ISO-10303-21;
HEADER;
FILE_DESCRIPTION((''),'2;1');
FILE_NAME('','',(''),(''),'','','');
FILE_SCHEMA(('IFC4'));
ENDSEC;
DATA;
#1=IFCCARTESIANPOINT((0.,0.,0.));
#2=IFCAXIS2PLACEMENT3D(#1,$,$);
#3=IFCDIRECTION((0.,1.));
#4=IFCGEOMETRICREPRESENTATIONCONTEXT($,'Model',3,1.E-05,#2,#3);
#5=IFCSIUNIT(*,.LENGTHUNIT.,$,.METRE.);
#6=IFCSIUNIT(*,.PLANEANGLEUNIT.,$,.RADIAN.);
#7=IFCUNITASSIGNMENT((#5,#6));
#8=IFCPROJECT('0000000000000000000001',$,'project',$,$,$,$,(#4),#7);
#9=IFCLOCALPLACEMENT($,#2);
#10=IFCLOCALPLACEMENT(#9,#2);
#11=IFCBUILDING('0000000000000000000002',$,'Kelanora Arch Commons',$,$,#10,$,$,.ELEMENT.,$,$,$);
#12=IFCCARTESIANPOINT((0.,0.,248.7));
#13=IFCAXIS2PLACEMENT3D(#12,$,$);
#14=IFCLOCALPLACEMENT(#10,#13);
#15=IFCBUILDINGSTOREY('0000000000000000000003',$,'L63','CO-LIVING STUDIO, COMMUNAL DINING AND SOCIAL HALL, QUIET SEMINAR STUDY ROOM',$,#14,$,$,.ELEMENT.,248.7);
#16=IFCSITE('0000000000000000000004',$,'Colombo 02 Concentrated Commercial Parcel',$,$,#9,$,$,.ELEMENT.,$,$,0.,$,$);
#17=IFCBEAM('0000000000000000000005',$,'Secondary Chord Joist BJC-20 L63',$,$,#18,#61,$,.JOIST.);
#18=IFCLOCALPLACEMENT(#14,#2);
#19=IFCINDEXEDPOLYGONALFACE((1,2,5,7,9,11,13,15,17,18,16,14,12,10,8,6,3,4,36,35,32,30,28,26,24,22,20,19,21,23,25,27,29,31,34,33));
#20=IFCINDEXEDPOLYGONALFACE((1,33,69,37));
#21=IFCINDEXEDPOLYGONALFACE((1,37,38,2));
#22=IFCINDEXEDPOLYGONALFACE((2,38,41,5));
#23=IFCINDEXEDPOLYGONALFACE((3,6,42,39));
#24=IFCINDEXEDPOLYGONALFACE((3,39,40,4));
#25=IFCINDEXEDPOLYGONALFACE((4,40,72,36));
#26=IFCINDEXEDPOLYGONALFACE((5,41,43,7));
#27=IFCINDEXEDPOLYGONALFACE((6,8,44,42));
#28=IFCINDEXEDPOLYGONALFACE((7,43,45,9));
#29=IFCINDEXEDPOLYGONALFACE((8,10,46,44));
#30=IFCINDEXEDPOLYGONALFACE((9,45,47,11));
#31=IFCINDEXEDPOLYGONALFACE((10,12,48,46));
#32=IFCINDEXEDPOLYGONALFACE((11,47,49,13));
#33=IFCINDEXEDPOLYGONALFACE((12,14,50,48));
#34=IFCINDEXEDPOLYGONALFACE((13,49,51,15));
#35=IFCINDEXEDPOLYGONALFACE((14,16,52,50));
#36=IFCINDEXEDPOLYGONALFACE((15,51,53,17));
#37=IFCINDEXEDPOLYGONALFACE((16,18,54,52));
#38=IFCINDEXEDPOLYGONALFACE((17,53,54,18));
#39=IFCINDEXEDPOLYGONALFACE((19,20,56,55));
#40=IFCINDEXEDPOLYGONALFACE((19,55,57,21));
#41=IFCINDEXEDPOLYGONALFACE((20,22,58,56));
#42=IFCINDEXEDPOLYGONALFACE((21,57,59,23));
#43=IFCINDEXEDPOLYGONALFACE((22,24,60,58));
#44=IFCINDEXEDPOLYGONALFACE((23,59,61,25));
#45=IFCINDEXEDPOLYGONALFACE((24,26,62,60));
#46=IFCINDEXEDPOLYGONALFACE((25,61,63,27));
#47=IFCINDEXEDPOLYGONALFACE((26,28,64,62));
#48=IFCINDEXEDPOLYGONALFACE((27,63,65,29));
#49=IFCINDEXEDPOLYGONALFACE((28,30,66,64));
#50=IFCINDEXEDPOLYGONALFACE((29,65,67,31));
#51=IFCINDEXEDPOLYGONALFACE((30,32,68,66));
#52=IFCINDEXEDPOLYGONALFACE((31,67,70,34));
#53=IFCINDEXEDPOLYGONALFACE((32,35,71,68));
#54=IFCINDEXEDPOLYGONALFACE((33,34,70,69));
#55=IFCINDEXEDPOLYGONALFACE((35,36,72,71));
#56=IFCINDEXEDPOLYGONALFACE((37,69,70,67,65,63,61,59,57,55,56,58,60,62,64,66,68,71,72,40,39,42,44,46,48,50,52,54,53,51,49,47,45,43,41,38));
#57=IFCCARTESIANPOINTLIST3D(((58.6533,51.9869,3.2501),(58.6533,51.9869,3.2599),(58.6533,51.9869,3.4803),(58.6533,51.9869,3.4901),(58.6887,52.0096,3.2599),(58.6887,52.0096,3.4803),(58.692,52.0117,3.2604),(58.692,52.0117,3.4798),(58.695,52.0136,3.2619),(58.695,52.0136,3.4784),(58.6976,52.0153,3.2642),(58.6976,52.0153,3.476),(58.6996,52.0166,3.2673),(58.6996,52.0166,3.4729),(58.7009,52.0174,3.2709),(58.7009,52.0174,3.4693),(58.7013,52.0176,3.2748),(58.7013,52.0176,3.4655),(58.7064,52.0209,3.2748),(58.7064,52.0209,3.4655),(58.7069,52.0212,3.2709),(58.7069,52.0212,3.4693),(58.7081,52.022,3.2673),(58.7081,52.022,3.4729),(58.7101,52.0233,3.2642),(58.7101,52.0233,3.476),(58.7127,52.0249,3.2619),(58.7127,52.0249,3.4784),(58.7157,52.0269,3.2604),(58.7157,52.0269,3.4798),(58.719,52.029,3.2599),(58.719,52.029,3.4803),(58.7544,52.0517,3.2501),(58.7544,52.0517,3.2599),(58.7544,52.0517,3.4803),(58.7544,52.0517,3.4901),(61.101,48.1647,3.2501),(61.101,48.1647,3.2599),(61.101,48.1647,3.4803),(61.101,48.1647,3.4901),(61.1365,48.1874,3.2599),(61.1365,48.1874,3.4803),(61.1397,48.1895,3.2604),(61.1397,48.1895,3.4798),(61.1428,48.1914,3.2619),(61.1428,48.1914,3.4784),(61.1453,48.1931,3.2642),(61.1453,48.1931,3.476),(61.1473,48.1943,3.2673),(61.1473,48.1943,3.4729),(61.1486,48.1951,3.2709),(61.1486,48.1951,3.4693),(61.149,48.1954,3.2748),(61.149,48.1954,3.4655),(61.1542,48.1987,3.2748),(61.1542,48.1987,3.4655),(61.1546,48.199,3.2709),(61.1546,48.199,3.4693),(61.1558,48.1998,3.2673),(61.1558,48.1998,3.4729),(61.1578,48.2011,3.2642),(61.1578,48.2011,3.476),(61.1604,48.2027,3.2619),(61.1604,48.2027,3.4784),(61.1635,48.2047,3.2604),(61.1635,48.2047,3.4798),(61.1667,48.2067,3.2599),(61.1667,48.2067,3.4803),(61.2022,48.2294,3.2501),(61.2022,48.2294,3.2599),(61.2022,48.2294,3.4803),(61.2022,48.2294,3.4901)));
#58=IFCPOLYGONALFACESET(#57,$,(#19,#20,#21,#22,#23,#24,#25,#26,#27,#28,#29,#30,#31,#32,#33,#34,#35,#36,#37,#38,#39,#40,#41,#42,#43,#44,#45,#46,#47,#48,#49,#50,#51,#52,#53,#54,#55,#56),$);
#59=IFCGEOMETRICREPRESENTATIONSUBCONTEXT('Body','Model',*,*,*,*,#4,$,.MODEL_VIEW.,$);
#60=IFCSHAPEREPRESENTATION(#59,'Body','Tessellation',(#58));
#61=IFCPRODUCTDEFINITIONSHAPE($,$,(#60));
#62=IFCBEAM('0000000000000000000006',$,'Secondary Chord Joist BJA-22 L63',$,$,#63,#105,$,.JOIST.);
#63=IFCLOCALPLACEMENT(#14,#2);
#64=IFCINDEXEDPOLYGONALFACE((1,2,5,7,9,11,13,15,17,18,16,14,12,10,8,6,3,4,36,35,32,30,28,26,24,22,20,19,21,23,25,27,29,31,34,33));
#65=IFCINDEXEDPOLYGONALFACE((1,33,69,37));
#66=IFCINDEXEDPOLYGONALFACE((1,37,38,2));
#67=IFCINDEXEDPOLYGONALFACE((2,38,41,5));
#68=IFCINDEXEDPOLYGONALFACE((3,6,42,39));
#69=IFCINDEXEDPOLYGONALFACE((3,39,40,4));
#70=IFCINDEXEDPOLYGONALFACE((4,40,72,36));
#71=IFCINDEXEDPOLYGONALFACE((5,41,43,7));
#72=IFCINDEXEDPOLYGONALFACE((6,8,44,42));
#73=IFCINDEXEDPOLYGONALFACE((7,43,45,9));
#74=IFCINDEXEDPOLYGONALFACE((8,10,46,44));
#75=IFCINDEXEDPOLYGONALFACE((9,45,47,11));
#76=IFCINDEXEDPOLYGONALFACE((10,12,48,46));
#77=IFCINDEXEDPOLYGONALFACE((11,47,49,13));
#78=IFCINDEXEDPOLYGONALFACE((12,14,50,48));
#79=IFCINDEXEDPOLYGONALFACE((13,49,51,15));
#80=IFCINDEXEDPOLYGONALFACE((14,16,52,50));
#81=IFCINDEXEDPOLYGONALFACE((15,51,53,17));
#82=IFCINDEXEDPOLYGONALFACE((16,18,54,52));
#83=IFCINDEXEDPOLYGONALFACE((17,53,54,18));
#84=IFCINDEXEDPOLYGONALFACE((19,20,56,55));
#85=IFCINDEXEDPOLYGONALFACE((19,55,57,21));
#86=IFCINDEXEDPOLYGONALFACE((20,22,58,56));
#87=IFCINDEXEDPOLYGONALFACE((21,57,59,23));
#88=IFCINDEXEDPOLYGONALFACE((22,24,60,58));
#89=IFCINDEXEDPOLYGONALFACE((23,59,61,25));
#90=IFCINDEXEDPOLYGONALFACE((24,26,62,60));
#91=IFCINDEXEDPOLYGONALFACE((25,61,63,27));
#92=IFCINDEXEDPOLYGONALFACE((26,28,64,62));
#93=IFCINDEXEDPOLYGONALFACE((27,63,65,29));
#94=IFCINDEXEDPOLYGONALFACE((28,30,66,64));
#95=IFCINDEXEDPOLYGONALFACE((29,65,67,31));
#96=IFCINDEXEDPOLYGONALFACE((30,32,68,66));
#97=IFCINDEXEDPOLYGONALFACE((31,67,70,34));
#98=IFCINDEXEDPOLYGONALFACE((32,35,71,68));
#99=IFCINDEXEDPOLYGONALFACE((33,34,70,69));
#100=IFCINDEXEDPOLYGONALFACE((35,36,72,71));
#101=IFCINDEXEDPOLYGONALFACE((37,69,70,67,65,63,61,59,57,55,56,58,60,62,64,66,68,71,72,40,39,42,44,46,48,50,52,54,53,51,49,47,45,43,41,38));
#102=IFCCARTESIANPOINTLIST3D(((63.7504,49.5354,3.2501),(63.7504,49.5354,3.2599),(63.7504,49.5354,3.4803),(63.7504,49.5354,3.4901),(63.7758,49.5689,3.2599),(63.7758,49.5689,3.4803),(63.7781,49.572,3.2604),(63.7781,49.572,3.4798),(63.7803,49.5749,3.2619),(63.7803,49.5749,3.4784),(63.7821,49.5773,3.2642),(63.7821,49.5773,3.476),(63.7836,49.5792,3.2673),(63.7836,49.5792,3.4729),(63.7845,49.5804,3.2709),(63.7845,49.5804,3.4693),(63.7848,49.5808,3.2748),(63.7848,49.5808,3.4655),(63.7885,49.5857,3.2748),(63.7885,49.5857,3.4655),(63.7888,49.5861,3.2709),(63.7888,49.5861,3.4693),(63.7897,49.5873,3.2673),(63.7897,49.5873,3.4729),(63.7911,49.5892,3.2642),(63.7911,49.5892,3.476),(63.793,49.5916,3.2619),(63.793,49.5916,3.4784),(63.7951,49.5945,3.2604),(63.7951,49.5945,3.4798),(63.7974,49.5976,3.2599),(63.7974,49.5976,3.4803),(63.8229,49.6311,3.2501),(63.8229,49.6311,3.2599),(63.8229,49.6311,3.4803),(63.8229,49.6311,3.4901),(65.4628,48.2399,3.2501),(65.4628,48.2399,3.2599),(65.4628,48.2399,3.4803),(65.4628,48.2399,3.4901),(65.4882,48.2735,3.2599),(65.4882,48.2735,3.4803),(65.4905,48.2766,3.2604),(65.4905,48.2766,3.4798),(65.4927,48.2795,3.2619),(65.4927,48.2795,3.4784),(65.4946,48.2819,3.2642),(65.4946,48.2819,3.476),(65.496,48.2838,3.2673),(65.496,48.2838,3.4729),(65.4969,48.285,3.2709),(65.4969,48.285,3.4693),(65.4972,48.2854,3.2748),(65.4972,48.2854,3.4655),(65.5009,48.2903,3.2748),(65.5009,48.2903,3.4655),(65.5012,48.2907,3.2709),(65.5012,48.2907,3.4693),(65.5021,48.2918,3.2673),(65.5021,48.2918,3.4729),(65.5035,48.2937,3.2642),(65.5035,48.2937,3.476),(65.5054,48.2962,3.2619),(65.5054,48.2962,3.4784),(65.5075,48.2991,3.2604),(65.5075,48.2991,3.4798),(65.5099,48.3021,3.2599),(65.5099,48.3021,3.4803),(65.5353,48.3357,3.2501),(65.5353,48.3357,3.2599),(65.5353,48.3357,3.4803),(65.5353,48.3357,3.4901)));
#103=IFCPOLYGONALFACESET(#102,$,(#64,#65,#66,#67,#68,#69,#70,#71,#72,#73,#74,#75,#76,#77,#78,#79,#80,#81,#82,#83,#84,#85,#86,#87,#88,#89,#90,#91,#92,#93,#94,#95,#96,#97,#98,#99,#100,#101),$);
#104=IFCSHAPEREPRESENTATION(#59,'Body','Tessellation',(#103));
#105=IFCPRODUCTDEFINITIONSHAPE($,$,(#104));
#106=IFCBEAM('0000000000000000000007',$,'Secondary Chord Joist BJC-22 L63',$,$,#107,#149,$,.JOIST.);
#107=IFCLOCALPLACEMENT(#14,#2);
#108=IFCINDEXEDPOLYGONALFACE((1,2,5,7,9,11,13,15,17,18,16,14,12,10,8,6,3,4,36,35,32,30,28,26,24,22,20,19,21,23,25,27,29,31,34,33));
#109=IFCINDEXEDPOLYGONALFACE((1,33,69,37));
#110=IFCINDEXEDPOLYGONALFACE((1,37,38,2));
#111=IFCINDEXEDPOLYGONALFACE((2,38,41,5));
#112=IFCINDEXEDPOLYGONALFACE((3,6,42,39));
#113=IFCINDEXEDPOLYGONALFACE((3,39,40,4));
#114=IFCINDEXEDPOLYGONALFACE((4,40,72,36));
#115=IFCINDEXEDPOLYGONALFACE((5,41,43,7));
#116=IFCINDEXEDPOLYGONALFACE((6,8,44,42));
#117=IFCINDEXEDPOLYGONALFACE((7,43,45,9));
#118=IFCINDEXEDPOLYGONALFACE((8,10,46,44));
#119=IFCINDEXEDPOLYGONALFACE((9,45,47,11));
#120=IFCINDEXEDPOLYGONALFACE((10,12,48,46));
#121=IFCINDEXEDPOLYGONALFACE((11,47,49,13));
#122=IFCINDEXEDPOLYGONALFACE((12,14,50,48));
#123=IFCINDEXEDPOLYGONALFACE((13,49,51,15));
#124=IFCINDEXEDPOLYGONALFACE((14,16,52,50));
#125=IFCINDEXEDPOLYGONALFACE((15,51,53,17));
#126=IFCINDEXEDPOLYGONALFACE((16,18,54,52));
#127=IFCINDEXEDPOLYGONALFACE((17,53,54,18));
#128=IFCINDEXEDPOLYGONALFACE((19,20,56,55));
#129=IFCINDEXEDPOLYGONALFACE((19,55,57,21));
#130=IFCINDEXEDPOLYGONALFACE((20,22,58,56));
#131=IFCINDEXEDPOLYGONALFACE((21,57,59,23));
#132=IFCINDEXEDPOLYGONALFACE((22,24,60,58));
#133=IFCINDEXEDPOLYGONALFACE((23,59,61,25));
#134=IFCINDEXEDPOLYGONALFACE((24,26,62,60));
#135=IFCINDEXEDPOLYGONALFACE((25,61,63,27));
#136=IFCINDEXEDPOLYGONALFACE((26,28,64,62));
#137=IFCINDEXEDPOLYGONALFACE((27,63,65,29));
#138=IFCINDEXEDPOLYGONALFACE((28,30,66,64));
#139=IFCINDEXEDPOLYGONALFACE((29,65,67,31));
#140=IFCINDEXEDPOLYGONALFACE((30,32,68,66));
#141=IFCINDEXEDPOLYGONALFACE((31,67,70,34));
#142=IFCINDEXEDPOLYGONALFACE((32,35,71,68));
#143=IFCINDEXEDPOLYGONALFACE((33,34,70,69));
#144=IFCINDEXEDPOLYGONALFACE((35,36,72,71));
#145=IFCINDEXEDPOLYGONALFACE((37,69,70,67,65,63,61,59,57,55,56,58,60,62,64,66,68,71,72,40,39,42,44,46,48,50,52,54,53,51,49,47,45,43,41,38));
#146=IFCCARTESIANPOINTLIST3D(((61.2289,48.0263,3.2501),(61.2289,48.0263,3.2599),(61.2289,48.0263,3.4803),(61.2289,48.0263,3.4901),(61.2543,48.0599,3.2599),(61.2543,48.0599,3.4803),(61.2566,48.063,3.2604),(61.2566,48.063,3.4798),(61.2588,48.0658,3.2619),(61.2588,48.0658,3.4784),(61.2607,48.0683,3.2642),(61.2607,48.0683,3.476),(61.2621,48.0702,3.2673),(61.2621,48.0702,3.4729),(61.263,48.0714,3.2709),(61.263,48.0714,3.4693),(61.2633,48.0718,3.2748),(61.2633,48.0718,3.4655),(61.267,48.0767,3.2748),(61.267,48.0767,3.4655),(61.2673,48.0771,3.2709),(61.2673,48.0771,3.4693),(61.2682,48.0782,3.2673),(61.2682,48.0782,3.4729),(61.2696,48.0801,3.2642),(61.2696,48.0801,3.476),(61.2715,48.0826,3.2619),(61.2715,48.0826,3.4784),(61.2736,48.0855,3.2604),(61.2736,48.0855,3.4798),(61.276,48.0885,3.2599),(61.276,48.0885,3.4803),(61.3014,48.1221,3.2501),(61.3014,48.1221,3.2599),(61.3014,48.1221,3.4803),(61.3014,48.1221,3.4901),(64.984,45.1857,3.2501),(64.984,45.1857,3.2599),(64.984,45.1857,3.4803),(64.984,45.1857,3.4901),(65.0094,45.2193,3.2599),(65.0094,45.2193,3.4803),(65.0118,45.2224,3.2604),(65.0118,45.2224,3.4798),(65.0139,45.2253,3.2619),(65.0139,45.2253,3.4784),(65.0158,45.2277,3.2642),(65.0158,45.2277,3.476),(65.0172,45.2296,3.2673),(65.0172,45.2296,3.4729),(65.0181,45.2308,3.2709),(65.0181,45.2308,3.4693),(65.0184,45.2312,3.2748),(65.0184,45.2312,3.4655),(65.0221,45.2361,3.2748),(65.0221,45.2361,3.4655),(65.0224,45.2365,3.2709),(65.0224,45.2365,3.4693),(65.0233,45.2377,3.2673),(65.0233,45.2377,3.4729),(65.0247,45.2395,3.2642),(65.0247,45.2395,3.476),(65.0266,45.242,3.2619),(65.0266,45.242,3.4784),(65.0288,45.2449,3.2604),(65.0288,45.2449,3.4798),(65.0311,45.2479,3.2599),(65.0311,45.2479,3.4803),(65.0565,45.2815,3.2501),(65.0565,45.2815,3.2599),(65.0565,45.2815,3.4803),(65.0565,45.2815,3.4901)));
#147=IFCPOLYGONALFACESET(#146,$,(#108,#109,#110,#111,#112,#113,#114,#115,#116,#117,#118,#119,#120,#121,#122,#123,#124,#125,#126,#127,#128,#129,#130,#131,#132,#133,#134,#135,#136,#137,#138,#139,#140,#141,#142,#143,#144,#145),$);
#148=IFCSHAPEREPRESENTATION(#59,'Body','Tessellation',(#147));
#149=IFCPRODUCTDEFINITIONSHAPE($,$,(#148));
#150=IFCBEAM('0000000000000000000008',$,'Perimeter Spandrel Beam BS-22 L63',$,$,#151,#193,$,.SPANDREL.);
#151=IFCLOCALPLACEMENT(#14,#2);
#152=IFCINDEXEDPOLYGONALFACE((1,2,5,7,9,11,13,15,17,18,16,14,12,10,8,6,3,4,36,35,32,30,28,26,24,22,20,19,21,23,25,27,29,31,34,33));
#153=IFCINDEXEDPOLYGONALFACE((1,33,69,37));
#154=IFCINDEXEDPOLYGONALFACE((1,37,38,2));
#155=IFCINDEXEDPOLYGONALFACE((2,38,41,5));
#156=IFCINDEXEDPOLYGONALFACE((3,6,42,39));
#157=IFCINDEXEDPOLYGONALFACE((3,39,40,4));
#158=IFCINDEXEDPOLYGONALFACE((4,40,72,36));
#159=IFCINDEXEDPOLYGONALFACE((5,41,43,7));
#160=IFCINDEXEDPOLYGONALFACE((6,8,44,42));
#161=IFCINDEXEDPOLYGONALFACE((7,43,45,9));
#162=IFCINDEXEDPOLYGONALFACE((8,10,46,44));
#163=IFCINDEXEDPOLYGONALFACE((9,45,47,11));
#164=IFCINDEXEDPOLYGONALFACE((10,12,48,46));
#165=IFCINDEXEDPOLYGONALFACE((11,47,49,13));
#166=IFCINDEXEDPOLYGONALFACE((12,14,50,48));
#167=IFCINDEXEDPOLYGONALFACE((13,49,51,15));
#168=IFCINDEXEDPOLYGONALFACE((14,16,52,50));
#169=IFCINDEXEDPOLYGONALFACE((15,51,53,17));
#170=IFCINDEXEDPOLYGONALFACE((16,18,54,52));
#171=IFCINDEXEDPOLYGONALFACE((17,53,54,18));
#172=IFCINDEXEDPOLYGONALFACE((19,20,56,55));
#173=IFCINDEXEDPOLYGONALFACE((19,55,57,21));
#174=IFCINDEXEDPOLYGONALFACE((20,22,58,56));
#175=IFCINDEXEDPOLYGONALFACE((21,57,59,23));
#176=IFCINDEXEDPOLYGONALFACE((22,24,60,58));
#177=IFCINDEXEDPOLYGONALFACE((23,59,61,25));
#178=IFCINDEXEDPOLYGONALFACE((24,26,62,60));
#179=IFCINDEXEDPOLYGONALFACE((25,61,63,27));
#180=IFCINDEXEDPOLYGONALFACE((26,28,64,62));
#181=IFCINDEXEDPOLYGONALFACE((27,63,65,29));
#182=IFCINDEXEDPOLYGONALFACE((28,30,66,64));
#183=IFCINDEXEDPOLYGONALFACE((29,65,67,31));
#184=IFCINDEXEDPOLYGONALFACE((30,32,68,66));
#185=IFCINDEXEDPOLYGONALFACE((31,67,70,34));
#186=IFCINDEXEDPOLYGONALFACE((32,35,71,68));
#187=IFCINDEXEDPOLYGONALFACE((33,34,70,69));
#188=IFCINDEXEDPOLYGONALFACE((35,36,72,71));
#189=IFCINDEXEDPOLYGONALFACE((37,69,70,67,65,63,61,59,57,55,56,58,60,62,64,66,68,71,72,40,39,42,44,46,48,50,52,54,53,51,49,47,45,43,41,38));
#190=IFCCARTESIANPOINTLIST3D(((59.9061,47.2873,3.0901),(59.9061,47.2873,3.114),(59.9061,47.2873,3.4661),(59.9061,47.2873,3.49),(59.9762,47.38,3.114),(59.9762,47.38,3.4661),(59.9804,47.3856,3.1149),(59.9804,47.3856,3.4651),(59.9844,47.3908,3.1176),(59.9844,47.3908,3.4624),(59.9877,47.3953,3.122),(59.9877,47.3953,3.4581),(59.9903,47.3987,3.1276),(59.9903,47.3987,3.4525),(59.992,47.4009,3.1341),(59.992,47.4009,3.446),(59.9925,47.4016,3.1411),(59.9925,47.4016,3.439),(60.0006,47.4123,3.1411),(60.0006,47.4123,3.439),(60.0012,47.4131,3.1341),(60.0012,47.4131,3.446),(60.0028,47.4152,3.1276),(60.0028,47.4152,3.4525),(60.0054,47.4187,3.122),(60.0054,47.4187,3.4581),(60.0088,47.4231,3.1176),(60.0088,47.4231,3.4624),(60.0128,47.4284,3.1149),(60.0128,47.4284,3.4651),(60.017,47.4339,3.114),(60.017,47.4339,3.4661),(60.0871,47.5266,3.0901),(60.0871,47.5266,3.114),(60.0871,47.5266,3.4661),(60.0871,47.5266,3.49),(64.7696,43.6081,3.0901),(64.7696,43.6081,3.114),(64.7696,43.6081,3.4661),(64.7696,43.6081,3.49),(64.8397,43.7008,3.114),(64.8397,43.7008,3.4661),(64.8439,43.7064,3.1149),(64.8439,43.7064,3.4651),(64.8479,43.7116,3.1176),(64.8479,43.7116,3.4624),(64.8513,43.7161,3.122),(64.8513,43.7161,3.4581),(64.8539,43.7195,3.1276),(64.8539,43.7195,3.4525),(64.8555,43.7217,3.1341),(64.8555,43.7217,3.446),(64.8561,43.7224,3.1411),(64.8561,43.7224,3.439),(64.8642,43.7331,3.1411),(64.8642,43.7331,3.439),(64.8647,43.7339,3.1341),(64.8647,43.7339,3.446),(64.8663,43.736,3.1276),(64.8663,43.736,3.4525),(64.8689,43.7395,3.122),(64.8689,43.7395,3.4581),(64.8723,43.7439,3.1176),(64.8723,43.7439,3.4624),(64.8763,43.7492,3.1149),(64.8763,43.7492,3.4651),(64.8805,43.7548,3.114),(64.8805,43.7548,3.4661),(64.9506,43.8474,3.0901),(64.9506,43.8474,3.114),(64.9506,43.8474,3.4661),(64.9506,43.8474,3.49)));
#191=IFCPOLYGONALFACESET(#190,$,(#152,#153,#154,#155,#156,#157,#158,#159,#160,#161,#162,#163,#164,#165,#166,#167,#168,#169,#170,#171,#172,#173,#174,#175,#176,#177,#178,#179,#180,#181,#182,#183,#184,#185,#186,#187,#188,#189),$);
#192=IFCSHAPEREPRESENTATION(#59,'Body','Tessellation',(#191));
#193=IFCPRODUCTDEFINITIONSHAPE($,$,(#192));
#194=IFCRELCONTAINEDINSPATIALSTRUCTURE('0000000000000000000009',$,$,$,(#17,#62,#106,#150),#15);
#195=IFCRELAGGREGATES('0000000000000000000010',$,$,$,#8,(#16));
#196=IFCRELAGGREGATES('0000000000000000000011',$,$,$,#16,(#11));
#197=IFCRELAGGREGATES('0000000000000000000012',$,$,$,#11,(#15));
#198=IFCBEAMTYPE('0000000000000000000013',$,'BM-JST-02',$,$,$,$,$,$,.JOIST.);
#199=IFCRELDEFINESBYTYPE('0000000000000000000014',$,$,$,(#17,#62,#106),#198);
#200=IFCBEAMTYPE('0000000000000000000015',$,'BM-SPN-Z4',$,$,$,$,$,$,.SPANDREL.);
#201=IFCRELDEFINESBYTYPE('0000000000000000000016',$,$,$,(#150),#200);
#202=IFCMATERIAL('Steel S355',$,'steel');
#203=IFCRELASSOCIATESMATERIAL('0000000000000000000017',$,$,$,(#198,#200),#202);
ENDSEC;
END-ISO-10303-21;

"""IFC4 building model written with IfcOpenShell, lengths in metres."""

from ifc_helpers import new_model, si_unit, direction, frame, origin, origin_2d, place, context, subcontext, project, spatial, i_section, extrude, material, material_profile, profile_set, type_object, element, save


model = new_model("IFC4")

# Units and contexts
model_context = context("Model", 3, precision=1e-05, world=origin(), true_north=direction((0.0, 1.0)))
body_context = subcontext(model_context, "Body", "Model", "MODEL_VIEW")
ifc_project = project(units=[si_unit("LENGTHUNIT", "METRE"), si_unit("PLANEANGLEUNIT", "RADIAN")], contexts=[model_context])

# Site, building, storey
site_placement = place(None, origin())
site = spatial("IfcSite", under=ifc_project, at=site_placement, Name="Colombo 02 Concentrated Commercial Parcel", CompositionType="ELEMENT", RefElevation=0.0)
building_placement = place(site_placement, origin())
building = spatial("IfcBuilding", under=site, at=building_placement, Name="Kelanora Arch Commons", CompositionType="ELEMENT")
storey_placement = place(building_placement, frame((0.0, 0.0, 248.7)))
storey = spatial("IfcBuildingStorey", under=building, at=storey_placement, Name="L63", Description="CO-LIVING STUDIO, COMMUNAL DINING AND SOCIAL HALL, QUIET SEMINAR STUDY ROOM", CompositionType="ELEMENT", Elevation=248.7)

# Beams
ifc_material_1 = material(Name="Steel S355", Category="steel")
ifc_material_profile_1 = material_profile(ifc_material_1, i_section(OverallWidth=0.1201, OverallDepth=0.24, WebThickness=0.0061, FlangeThickness=0.0098, FilletRadius=0.0149, at=origin_2d()), Name="IPE240")
ifc_profile_set_1 = profile_set([ifc_material_profile_1], Name="Steel S355")
beam_type_1 = type_object("IfcBeamType", Name="BM-JST-02", PredefinedType="JOIST", material=ifc_profile_set_1)
beam_1_placement = place(storey_placement, frame((58.7039, 52.0193, 3.3701), z_axis=(0.539289, -0.842121, 0.0), x_axis=(0.842121, 0.539289, 0.0)))
element("IfcBeam", 1, at=beam_1_placement, inside=storey, type_object=beam_type_1, Name="Secondary Chord Joist BJC-20 L63", PredefinedType="JOIST", context=body_context, shape_type="SweptSolid", body=[
    extrude(i_section(OverallWidth=0.1201, OverallDepth=0.24, WebThickness=0.0061, FlangeThickness=0.0098, FilletRadius=0.0149, at=origin_2d()), origin(), (0.0, 0.0, 1.0), 4.5388),
])
beam_2_placement = place(storey_placement, frame((63.7866, 49.5833, 3.3701), z_axis=(0.79751, -0.603306, 0.0), x_axis=(0.603306, 0.79751, 0.0)))
element("IfcBeam", 2, at=beam_2_placement, inside=storey, type_object=beam_type_1, Name="Secondary Chord Joist BJA-22 L63", PredefinedType="JOIST", context=body_context, shape_type="SweptSolid", body=[
    extrude(i_section(OverallWidth=0.1201, OverallDepth=0.24, WebThickness=0.0061, FlangeThickness=0.0098, FilletRadius=0.0149, at=origin_2d()), origin(), (0.0, 0.0, 1.0), 2.1472),
])
beam_3_placement = place(storey_placement, frame((61.2651, 48.0742, 3.3701), z_axis=(0.797523, -0.603289, 0.0), x_axis=(0.603289, 0.797523, 0.0)))
element("IfcBeam", 3, at=beam_3_placement, inside=storey, type_object=beam_type_1, Name="Secondary Chord Joist BJC-22 L63", PredefinedType="JOIST", context=body_context, shape_type="SweptSolid", body=[
    extrude(i_section(OverallWidth=0.1201, OverallDepth=0.24, WebThickness=0.0061, FlangeThickness=0.0098, FilletRadius=0.0149, at=origin_2d()), origin(), (0.0, 0.0, 1.0), 4.7085),
])
ifc_material_profile_2 = material_profile(ifc_material_1, i_section(OverallWidth=0.3, OverallDepth=0.3999, WebThickness=0.0134, FlangeThickness=0.0239, FilletRadius=0.0271, at=origin_2d()), Name="HEB400")
ifc_profile_set_2 = profile_set([ifc_material_profile_2], Name="Steel S355")
beam_type_2 = type_object("IfcBeamType", Name="BM-SPN-Z4", PredefinedType="SPANDREL", material=ifc_profile_set_2)
beam_4_placement = place(storey_placement, frame((59.9966, 47.407, 3.29), z_axis=(0.797509, -0.603306, 0.0), x_axis=(0.603306, 0.797509, 0.0)))
element("IfcBeam", 4, at=beam_4_placement, inside=storey, type_object=beam_type_2, Name="Perimeter Spandrel Beam BS-22 L63", PredefinedType="SPANDREL", context=body_context, shape_type="SweptSolid", body=[
    extrude(i_section(OverallWidth=0.3, OverallDepth=0.3999, WebThickness=0.0134, FlangeThickness=0.0239, FilletRadius=0.0271, at=origin_2d()), origin(), (0.0, 0.0, 1.0), 6.0984),
])

save(model, "model.ifc")
